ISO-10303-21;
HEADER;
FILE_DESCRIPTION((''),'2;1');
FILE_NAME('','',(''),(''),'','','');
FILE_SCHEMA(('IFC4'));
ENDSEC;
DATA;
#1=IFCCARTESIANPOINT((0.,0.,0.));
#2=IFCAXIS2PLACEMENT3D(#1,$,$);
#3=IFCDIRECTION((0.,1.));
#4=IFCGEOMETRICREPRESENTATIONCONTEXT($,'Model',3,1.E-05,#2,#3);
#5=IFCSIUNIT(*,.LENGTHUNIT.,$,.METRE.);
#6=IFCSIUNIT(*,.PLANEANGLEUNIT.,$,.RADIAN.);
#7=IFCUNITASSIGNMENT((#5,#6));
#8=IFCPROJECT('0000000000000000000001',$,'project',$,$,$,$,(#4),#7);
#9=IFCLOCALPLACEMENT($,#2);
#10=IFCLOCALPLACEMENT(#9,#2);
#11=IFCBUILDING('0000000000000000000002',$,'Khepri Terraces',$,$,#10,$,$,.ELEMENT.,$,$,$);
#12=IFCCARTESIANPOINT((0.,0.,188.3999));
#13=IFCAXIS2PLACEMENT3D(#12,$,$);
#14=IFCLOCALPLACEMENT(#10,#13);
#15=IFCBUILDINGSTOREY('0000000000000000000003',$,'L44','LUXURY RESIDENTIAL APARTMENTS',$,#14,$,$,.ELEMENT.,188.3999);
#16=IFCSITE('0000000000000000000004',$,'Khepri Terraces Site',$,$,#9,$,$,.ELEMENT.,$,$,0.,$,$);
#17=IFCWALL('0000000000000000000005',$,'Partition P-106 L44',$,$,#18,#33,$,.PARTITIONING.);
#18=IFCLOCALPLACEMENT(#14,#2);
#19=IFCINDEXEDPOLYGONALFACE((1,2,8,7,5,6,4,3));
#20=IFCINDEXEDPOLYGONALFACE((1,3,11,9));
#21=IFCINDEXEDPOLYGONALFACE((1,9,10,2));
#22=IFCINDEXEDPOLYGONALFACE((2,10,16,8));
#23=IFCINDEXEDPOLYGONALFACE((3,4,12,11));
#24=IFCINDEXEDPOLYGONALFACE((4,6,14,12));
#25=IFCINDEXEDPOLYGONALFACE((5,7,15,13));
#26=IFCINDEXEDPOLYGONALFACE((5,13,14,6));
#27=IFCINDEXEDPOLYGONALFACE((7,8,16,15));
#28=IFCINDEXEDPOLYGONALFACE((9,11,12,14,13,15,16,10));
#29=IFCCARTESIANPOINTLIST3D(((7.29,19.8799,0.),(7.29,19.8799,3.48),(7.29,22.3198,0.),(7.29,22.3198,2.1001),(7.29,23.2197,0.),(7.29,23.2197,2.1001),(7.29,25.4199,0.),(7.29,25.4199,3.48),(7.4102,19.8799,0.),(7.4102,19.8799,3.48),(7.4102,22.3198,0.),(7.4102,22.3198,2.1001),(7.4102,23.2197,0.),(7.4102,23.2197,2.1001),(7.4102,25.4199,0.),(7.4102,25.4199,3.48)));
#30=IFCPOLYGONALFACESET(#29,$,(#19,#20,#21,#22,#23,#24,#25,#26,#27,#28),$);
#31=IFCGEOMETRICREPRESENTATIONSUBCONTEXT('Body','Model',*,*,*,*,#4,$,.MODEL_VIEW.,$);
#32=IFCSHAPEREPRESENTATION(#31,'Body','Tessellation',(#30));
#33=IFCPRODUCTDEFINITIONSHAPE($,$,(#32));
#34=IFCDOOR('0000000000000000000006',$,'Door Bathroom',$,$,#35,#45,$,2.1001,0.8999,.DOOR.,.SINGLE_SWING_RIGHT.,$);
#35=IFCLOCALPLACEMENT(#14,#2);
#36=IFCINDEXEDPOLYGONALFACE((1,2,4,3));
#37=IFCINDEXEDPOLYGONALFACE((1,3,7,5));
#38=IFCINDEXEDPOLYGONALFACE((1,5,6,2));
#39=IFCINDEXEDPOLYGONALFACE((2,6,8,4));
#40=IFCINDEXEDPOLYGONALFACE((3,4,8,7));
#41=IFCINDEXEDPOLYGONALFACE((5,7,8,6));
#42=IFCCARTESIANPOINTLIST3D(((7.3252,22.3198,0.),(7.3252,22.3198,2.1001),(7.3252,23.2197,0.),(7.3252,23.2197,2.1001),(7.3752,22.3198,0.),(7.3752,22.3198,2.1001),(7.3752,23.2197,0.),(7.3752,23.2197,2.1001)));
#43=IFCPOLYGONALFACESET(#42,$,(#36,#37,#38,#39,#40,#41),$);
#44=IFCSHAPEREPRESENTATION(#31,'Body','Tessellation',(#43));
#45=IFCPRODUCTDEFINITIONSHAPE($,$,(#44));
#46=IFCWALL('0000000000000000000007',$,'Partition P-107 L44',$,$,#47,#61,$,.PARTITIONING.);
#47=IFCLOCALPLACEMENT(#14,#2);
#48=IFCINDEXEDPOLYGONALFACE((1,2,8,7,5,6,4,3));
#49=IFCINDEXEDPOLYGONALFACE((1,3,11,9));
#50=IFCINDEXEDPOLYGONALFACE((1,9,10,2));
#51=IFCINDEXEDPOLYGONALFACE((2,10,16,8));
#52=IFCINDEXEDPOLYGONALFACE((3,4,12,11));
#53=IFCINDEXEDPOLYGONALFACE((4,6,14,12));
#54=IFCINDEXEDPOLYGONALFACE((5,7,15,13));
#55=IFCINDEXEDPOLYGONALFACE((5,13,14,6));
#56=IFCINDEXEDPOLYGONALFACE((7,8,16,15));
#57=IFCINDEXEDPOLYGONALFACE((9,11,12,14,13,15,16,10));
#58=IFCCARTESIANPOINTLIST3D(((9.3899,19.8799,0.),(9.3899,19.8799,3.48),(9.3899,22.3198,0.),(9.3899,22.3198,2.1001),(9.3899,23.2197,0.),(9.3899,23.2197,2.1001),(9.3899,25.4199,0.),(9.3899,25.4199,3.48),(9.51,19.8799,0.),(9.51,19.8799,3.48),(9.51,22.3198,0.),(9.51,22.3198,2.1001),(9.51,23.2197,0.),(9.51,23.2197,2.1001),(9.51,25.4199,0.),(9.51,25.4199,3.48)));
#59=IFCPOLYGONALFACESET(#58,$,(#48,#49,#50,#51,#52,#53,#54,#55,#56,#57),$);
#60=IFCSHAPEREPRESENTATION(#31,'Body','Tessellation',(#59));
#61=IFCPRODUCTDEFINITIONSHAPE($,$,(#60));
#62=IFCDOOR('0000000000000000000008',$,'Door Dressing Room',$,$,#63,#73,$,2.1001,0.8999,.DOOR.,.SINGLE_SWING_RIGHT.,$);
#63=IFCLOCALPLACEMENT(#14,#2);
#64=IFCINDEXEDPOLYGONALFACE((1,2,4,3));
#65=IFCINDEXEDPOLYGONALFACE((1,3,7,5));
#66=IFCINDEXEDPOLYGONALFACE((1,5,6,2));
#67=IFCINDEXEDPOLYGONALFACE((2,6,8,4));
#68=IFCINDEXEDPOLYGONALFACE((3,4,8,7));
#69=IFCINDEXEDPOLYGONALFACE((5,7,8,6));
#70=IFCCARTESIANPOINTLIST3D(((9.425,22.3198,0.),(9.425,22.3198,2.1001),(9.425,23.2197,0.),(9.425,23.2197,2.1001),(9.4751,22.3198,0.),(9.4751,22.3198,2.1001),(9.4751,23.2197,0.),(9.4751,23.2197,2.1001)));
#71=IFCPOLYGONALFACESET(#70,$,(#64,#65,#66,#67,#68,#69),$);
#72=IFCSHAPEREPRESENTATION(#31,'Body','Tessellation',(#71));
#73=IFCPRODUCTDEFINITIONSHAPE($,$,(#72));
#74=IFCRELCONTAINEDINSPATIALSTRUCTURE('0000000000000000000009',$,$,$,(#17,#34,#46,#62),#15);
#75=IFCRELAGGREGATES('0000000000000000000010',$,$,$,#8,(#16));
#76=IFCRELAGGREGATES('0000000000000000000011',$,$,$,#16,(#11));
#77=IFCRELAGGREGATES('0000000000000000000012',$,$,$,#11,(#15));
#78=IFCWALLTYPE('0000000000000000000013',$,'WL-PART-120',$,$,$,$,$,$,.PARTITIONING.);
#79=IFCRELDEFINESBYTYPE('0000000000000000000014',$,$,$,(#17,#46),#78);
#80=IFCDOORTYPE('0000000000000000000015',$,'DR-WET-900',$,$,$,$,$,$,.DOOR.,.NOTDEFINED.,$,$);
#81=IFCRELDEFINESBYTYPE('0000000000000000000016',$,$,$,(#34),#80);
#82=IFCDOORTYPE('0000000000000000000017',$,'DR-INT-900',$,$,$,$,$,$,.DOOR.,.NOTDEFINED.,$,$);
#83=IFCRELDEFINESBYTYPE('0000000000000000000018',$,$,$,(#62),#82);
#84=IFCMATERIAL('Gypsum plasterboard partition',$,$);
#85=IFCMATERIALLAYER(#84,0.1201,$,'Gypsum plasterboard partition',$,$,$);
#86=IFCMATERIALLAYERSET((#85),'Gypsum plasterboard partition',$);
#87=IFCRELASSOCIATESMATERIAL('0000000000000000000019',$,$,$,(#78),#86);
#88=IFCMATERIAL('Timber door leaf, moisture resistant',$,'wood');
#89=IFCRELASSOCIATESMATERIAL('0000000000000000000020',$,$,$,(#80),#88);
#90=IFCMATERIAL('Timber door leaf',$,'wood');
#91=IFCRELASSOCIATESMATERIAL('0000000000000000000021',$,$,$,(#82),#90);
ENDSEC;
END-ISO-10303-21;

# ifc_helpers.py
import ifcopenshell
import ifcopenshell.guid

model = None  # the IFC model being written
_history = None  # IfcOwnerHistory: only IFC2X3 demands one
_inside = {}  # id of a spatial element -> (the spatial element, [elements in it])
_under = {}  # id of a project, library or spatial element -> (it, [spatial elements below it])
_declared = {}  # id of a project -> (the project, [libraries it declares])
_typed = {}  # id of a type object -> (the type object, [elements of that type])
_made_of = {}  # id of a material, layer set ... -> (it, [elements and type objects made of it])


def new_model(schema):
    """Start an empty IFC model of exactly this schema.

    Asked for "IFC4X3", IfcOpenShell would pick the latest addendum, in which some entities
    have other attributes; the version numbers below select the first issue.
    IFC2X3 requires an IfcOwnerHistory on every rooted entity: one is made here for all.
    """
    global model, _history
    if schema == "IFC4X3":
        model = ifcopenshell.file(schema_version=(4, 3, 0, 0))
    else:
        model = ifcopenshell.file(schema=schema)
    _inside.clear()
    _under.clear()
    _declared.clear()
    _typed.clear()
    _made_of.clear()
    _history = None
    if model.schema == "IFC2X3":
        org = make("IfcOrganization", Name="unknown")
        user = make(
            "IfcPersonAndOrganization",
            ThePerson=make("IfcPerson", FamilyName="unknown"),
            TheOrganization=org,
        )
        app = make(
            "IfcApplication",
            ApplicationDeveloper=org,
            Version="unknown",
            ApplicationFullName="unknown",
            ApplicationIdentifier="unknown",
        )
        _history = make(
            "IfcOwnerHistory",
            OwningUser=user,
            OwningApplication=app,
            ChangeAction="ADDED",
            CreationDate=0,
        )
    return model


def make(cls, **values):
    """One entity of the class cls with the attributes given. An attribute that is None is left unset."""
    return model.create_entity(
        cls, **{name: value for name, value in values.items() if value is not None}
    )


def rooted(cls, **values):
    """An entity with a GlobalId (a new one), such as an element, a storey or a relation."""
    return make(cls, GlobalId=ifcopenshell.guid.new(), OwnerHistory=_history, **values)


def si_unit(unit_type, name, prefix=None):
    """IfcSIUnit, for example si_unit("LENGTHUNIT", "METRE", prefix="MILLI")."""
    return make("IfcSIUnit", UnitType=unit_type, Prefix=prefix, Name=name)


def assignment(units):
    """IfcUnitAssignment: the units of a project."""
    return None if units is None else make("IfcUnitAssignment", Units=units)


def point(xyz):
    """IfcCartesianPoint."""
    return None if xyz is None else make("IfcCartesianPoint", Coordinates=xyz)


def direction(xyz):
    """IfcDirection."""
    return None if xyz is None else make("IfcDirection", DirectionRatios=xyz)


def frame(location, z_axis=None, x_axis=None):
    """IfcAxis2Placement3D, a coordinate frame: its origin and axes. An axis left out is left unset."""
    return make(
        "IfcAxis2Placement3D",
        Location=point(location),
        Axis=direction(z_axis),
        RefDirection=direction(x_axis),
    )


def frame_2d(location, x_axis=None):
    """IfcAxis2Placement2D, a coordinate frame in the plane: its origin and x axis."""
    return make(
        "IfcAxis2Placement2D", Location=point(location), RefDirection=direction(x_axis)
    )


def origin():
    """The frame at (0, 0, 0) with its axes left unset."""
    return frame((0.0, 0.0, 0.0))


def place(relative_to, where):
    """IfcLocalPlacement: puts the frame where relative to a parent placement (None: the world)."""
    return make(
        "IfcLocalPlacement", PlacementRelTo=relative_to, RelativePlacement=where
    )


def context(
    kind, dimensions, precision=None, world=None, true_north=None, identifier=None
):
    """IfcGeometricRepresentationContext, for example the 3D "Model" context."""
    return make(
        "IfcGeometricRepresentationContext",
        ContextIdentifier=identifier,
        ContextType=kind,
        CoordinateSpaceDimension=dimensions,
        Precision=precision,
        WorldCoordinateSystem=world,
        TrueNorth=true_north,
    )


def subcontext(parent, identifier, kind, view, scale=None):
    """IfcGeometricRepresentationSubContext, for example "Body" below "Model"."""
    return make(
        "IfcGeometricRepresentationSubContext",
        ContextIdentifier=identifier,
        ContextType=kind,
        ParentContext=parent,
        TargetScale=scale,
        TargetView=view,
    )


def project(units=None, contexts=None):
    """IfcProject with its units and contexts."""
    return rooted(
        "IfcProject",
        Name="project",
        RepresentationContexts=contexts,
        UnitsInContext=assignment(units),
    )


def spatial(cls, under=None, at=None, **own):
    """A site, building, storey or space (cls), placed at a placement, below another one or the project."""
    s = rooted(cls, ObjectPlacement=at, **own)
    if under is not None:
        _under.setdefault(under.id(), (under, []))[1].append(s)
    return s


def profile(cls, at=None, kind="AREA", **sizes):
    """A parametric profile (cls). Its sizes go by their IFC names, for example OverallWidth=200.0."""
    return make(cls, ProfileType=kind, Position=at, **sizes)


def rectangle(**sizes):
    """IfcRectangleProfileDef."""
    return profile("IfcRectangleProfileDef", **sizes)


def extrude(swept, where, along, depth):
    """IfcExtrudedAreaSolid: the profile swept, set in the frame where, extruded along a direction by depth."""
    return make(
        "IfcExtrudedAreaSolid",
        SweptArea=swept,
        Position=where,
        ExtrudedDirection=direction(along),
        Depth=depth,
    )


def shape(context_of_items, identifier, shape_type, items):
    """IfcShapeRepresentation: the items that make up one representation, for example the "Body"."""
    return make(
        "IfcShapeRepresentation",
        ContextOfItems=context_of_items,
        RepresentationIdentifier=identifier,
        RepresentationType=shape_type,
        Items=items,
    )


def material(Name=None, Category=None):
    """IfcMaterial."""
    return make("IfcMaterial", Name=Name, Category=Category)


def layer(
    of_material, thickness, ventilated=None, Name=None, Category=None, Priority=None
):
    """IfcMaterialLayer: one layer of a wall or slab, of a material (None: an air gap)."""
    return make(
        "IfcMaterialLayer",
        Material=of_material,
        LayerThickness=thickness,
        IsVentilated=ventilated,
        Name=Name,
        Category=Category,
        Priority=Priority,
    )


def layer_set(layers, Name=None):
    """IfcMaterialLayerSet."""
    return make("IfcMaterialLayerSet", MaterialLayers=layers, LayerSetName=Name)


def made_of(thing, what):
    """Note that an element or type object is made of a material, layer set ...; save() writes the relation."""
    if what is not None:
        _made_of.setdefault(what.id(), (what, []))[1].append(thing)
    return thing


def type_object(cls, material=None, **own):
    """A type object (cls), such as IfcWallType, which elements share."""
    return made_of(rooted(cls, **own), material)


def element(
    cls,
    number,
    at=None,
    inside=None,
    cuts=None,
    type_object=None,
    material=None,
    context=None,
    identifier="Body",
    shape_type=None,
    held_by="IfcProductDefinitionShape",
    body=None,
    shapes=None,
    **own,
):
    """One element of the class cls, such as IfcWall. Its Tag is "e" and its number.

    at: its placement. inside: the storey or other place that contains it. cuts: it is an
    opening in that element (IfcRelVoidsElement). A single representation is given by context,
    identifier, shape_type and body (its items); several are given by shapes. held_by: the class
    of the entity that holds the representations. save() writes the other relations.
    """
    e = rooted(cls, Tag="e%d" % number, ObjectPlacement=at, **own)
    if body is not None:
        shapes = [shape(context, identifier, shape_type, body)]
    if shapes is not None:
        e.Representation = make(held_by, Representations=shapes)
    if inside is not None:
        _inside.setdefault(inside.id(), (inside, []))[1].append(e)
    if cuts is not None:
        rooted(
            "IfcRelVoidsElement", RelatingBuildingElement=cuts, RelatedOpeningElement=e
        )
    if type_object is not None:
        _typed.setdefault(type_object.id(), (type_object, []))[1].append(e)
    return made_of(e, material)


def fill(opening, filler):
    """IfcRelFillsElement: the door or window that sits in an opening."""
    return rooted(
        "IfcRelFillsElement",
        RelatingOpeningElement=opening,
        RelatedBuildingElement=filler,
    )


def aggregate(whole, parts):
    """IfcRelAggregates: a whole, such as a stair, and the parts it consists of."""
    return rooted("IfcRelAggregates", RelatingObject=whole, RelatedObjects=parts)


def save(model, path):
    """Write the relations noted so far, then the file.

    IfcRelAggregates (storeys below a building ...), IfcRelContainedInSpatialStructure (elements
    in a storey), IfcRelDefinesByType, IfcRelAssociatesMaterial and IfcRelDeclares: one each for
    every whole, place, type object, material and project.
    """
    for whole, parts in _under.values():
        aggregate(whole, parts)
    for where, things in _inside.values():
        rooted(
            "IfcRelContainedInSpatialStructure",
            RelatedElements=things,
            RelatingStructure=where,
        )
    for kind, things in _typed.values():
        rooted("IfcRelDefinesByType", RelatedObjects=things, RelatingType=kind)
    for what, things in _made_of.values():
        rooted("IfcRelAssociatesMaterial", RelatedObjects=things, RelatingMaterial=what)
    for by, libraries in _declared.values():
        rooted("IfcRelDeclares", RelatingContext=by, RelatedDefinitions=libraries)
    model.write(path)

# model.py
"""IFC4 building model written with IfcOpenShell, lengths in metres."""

from ifc_helpers import new_model, si_unit, direction, frame, frame_2d, origin, place, context, subcontext, project, spatial, rectangle, extrude, material, layer, layer_set, type_object, element, fill, save


model = new_model("IFC4")

# Units and contexts
model_context = context("Model", 3, precision=1e-05, world=origin(), true_north=direction((0.0, 1.0)))
body_context = subcontext(model_context, "Body", "Model", "MODEL_VIEW")
ifc_project = project(units=[si_unit("LENGTHUNIT", "METRE"), si_unit("PLANEANGLEUNIT", "RADIAN")], contexts=[model_context])

# Site, building, storey
site_placement = place(None, origin())
site = spatial("IfcSite", under=ifc_project, at=site_placement, Name="Khepri Terraces Site", CompositionType="ELEMENT", RefElevation=0.0)
building_placement = place(site_placement, origin())
building = spatial("IfcBuilding", under=site, at=building_placement, Name="Khepri Terraces", CompositionType="ELEMENT")
storey_placement = place(building_placement, frame((0.0, 0.0, 188.3999)))
storey = spatial("IfcBuildingStorey", under=building, at=storey_placement, Name="L44", Description="LUXURY RESIDENTIAL APARTMENTS", CompositionType="ELEMENT", Elevation=188.3999)

# Shared definitions
ifc_material_1 = material(Name="Gypsum plasterboard partition")
ifc_layer_1 = layer(ifc_material_1, 0.1201, Name="Gypsum plasterboard partition")
ifc_layer_set_1 = layer_set([ifc_layer_1], Name="Gypsum plasterboard partition")
wall_type_1 = type_object("IfcWallType", Name="WL-PART-120", PredefinedType="PARTITIONING", material=ifc_layer_set_1)

# Shared definitions
ifc_material_2 = material(Name="Timber door leaf, moisture resistant", Category="wood")
door_type_1 = type_object("IfcDoorType", Name="DR-WET-900", OperationType="NOTDEFINED", PredefinedType="DOOR", material=ifc_material_2)
ifc_material_3 = material(Name="Timber door leaf", Category="wood")
door_type_2 = type_object("IfcDoorType", Name="DR-INT-900", OperationType="NOTDEFINED", PredefinedType="DOOR", material=ifc_material_3)

# Walls, openings, doors
wall_1_placement = place(storey_placement, frame((7.3501, 19.8799, 0.0), z_axis=(0.0, 0.0, 1.0), x_axis=(0.0, 1.0, 0.0)))
wall_1 = element("IfcWall", 1, at=wall_1_placement, inside=storey, type_object=wall_type_1, Name="Partition P-106 L44", PredefinedType="PARTITIONING", context=body_context, shape_type="SweptSolid", body=[
    extrude(rectangle(XDim=5.54, YDim=0.1201, at=frame_2d((2.77, 0.0))), origin(), (0.0, 0.0, 1.0), 3.48),
])
opening_1_placement = place(wall_1_placement, frame((2.4399, 0.0, 0.0)))
opening_1 = element("IfcOpeningElement", 2, at=opening_1_placement, cuts=wall_1, PredefinedType="OPENING", context=body_context, shape_type="SweptSolid", body=[
    extrude(rectangle(XDim=0.8999, YDim=2.1001, at=frame_2d((0.45, 1.05))), frame((0.0, 0.0701, 0.0), z_axis=(0.0, -1.0, 0.0), x_axis=(1.0, 0.0, 0.0)), (0.0, 0.0, 1.0), 0.1401),
])
door_1_placement = place(opening_1_placement, origin())
door_1 = element("IfcDoor", 3, at=door_1_placement, inside=storey, type_object=door_type_1, Name="Door Bathroom", OperationType="SINGLE_SWING_RIGHT", OverallHeight=2.1001, OverallWidth=0.8999, PredefinedType="DOOR", context=body_context, shape_type="SweptSolid", body=[
    extrude(rectangle(XDim=0.8999, YDim=2.1001, at=frame_2d((0.45, 1.05))), frame((0.0, 0.0249, 0.0), z_axis=(0.0, -1.0, 0.0), x_axis=(1.0, 0.0, 0.0)), (0.0, 0.0, 1.0), 0.05),
])
fill(opening_1, door_1)
wall_2_placement = place(storey_placement, frame((9.45, 19.8799, 0.0), z_axis=(0.0, 0.0, 1.0), x_axis=(0.0, 1.0, 0.0)))
wall_2 = element("IfcWall", 4, at=wall_2_placement, inside=storey, type_object=wall_type_1, Name="Partition P-107 L44", PredefinedType="PARTITIONING", context=body_context, shape_type="SweptSolid", body=[
    extrude(rectangle(XDim=5.54, YDim=0.1201, at=frame_2d((2.77, 0.0))), origin(), (0.0, 0.0, 1.0), 3.48),
])
opening_2_placement = place(wall_2_placement, frame((2.4399, 0.0, 0.0)))
opening_2 = element("IfcOpeningElement", 5, at=opening_2_placement, cuts=wall_2, PredefinedType="OPENING", context=body_context, shape_type="SweptSolid", body=[
    extrude(rectangle(XDim=0.8999, YDim=2.1001, at=frame_2d((0.45, 1.05))), frame((0.0, 0.0701, 0.0), z_axis=(0.0, -1.0, 0.0), x_axis=(1.0, 0.0, 0.0)), (0.0, 0.0, 1.0), 0.1401),
])
door_2_placement = place(opening_2_placement, origin())
door_2 = element("IfcDoor", 6, at=door_2_placement, inside=storey, type_object=door_type_2, Name="Door Dressing Room", OperationType="SINGLE_SWING_RIGHT", OverallHeight=2.1001, OverallWidth=0.8999, PredefinedType="DOOR", context=body_context, shape_type="SweptSolid", body=[
    extrude(rectangle(XDim=0.8999, YDim=2.1001, at=frame_2d((0.45, 1.05))), frame((0.0, 0.0249, 0.0), z_axis=(0.0, -1.0, 0.0), x_axis=(1.0, 0.0, 0.0)), (0.0, 0.0, 1.0), 0.05),
])
fill(opening_2, door_2)

save(model, "model.ifc")
